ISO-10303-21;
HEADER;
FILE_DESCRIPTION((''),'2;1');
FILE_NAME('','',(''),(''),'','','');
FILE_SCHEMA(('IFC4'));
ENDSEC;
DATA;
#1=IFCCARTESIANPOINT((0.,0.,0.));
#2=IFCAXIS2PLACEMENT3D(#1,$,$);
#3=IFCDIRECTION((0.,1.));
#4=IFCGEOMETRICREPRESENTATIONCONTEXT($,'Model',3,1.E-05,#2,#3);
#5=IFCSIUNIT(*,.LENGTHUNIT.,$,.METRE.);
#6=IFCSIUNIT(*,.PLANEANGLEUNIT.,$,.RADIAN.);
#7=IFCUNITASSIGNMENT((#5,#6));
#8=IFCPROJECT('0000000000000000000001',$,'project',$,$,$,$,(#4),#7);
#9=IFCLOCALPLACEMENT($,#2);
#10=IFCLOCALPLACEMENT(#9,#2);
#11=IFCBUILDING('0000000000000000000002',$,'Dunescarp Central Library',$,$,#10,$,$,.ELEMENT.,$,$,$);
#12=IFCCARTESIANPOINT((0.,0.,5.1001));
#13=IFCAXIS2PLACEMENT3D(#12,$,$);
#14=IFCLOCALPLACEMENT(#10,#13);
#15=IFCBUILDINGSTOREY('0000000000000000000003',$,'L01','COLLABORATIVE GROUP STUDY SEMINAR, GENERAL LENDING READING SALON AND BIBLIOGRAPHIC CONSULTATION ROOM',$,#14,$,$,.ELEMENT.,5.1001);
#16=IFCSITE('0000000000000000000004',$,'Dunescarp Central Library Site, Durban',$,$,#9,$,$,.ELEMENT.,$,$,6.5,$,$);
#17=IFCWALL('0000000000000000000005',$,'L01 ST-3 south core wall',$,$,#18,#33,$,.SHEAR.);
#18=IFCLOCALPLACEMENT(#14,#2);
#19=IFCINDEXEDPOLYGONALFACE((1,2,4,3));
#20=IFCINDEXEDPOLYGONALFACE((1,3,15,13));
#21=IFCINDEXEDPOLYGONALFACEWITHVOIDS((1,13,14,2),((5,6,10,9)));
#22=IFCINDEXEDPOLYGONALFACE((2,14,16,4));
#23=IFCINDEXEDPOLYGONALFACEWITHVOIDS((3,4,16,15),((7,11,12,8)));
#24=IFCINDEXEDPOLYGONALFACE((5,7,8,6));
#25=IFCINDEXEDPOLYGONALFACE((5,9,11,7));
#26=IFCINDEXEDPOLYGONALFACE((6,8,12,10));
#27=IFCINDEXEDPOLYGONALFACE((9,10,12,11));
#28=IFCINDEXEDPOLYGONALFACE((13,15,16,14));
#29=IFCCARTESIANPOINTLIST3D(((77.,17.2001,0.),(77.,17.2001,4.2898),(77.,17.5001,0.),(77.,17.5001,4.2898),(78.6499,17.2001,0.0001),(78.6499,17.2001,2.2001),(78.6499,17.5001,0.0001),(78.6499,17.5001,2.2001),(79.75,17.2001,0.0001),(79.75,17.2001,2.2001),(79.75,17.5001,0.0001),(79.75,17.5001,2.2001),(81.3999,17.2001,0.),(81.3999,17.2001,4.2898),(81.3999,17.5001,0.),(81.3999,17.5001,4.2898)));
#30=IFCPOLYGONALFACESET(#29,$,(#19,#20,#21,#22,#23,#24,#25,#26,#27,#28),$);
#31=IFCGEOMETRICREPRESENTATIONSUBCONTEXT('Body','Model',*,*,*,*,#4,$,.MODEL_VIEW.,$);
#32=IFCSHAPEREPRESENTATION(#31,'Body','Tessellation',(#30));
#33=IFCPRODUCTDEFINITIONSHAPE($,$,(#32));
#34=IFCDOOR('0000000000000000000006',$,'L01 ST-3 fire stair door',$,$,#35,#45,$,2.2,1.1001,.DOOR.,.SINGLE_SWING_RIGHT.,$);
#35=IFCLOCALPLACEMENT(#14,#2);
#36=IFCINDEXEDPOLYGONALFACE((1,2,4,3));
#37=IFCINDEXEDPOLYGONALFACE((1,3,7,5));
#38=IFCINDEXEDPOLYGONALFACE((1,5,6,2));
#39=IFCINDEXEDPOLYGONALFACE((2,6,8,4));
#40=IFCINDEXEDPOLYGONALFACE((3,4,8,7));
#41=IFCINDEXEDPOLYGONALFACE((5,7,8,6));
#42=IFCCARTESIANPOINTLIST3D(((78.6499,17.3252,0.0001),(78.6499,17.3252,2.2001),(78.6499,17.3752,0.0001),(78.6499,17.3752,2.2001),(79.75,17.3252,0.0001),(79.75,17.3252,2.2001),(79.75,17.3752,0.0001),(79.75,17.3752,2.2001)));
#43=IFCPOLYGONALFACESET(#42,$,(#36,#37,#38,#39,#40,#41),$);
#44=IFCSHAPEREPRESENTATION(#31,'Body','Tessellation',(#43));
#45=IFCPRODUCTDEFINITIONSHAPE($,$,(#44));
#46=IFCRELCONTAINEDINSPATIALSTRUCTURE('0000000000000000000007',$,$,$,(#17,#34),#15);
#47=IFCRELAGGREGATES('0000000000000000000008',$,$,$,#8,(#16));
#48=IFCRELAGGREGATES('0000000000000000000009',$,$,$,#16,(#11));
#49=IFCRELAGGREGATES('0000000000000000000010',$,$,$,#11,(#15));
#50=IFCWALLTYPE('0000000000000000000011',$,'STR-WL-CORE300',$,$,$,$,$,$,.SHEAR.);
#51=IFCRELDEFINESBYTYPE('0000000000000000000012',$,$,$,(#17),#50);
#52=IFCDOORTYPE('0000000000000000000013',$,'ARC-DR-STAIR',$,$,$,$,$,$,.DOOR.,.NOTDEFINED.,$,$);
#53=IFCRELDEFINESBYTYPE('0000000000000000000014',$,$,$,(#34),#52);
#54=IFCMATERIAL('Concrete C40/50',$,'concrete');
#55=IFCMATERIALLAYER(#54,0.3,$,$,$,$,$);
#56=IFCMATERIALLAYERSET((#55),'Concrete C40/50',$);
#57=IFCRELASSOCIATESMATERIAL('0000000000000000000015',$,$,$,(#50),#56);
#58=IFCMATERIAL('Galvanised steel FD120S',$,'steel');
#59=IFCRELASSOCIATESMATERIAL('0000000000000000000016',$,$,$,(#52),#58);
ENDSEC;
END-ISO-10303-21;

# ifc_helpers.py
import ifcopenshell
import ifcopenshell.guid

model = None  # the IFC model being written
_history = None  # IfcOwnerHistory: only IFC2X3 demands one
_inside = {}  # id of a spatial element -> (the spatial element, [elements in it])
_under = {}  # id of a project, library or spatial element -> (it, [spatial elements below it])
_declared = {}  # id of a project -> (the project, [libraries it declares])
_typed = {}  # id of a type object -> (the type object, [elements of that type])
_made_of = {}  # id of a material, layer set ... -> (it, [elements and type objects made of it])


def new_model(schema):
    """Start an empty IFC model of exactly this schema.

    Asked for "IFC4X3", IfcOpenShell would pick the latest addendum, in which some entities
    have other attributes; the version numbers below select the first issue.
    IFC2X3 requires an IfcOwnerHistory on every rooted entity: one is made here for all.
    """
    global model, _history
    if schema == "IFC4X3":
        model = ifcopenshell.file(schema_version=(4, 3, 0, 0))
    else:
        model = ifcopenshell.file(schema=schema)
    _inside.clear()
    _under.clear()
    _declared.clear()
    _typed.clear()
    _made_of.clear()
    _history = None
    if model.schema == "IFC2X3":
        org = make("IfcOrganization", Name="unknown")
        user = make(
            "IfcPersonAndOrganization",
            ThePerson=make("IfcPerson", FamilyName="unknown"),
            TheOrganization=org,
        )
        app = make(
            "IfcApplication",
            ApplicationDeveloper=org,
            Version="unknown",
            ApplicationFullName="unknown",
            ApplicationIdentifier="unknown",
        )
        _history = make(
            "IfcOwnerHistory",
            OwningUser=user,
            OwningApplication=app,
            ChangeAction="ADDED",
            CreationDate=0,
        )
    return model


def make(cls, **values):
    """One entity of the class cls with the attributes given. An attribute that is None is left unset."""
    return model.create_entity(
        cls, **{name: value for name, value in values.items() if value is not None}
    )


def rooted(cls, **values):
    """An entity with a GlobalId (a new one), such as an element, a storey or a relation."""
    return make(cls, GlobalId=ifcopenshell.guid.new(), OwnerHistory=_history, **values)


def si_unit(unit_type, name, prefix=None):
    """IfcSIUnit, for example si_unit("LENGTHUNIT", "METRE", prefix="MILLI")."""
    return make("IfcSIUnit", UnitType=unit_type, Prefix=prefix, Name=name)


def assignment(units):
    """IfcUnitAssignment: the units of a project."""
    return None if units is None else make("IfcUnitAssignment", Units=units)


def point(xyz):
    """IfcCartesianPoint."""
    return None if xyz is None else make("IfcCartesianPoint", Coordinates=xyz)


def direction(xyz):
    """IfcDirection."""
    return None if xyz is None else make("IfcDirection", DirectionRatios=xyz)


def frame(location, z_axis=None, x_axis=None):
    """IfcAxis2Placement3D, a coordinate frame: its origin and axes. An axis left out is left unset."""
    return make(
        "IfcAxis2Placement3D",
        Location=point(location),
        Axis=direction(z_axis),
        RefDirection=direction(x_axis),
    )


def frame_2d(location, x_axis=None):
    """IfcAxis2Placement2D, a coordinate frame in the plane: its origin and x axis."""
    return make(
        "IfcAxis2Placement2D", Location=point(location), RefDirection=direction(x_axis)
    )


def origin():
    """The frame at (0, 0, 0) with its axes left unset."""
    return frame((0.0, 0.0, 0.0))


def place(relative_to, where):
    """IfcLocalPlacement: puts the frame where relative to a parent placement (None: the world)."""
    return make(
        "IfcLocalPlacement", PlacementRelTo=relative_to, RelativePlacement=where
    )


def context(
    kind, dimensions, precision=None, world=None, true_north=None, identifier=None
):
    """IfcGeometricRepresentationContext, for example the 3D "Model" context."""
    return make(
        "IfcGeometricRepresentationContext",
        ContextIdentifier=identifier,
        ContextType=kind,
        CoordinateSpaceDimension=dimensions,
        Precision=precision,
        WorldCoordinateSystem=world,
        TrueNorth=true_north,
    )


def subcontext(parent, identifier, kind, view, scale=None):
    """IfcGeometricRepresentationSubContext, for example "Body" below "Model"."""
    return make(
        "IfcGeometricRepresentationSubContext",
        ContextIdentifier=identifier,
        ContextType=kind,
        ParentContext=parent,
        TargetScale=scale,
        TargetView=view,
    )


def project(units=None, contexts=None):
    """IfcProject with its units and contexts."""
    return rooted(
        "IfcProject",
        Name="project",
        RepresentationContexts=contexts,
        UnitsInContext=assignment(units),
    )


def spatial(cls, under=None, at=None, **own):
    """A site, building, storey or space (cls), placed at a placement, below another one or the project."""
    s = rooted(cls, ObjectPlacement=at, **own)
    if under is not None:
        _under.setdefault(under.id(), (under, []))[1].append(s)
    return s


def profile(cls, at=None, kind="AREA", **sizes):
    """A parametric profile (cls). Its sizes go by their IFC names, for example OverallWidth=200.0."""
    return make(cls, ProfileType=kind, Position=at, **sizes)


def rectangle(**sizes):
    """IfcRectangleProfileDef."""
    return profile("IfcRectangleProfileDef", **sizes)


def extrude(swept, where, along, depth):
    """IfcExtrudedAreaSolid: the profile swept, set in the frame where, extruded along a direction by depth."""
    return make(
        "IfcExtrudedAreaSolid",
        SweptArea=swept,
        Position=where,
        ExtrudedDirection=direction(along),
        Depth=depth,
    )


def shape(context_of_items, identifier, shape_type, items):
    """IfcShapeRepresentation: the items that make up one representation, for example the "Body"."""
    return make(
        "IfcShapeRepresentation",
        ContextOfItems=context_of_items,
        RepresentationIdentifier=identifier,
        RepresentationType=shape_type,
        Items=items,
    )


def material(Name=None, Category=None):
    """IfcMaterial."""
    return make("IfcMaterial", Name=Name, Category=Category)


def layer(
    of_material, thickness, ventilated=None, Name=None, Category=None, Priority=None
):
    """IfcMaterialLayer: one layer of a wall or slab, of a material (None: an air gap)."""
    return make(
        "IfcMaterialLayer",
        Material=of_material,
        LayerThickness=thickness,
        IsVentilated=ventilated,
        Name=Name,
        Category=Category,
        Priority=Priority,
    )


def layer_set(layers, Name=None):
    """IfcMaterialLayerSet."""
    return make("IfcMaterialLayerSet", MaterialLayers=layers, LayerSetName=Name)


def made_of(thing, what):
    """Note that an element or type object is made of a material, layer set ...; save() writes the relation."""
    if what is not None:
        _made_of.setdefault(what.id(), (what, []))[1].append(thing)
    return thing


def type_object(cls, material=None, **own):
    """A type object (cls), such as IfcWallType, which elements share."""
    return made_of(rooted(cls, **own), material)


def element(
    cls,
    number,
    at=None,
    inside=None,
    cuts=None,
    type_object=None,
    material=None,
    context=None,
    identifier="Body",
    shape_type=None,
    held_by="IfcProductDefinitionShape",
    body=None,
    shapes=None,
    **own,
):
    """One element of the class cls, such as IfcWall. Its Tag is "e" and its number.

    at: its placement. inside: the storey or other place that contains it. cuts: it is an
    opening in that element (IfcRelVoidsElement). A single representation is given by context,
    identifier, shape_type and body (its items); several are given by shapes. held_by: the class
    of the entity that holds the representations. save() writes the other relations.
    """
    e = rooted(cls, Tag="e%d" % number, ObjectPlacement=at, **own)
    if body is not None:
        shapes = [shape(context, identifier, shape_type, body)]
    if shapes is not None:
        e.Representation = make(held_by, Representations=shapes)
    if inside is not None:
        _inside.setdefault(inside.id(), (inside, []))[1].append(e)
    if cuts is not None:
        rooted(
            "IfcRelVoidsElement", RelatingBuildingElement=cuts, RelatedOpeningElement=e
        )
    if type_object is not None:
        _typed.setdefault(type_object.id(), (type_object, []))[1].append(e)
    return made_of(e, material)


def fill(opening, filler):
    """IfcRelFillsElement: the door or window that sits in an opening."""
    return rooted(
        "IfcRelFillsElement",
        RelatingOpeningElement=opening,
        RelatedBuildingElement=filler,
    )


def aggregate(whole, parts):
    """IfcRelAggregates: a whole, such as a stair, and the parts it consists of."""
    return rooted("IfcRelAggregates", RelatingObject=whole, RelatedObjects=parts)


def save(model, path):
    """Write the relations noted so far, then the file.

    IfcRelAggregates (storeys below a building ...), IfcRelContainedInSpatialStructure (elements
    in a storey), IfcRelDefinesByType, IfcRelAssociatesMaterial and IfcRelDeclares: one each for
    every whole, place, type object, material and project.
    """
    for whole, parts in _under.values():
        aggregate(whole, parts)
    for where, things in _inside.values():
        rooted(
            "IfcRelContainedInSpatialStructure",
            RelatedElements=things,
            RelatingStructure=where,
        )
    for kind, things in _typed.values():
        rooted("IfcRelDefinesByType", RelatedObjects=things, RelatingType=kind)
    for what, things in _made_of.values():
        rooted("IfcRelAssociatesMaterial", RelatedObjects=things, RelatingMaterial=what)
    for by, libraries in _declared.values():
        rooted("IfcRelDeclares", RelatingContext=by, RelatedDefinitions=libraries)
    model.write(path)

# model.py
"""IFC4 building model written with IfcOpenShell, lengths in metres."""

from ifc_helpers import new_model, si_unit, direction, frame, frame_2d, origin, place, context, subcontext, project, spatial, rectangle, extrude, material, layer, layer_set, type_object, element, fill, save


model = new_model("IFC4")

# Units and contexts
model_context = context("Model", 3, precision=1e-05, world=origin(), true_north=direction((0.0, 1.0)))
body_context = subcontext(model_context, "Body", "Model", "MODEL_VIEW")
ifc_project = project(units=[si_unit("LENGTHUNIT", "METRE"), si_unit("PLANEANGLEUNIT", "RADIAN")], contexts=[model_context])

# Site, building, storey
site_placement = place(None, origin())
site = spatial("IfcSite", under=ifc_project, at=site_placement, Name="Dunescarp Central Library Site, Durban", CompositionType="ELEMENT", RefElevation=6.5)
building_placement = place(site_placement, origin())
building = spatial("IfcBuilding", under=site, at=building_placement, Name="Dunescarp Central Library", CompositionType="ELEMENT")
storey_placement = place(building_placement, frame((0.0, 0.0, 5.1001)))
storey = spatial("IfcBuildingStorey", under=building, at=storey_placement, Name="L01", Description="COLLABORATIVE GROUP STUDY SEMINAR, GENERAL LENDING READING SALON AND BIBLIOGRAPHIC CONSULTATION ROOM", CompositionType="ELEMENT", Elevation=5.1001)

# Wall, opening, door
ifc_material_1 = material(Name="Concrete C40/50", Category="concrete")
ifc_layer_1 = layer(ifc_material_1, 0.3)
ifc_layer_set_1 = layer_set([ifc_layer_1], Name="Concrete C40/50")
wall_type_1 = type_object("IfcWallType", Name="STR-WL-CORE300", PredefinedType="SHEAR", material=ifc_layer_set_1)
wall_1_placement = place(storey_placement, frame((81.3999, 17.3501, 0.0), z_axis=(0.0, 0.0, 1.0), x_axis=(-1.0, 0.0, 0.0)))
wall_1 = element("IfcWall", 1, at=wall_1_placement, inside=storey, type_object=wall_type_1, Name="L01 ST-3 south core wall", PredefinedType="SHEAR", context=body_context, shape_type="SweptSolid", body=[
    extrude(rectangle(XDim=4.3999, YDim=0.3, at=frame_2d((2.2, 0.0))), origin(), (0.0, 0.0, 1.0), 4.2898),
])
opening_1_placement = place(wall_1_placement, frame((1.6499, 0.0, 0.0)))
opening_1 = element("IfcOpeningElement", 2, at=opening_1_placement, cuts=wall_1, PredefinedType="OPENING", context=body_context, shape_type="SweptSolid", body=[
    extrude(rectangle(XDim=1.1001, YDim=2.2, at=frame_2d((0.55, 1.1001))), frame((0.0, 0.1602, 0.0), z_axis=(0.0, -1.0, 0.0), x_axis=(1.0, 0.0, 0.0)), (0.0, 0.0, 1.0), 0.3201),
])
ifc_material_2 = material(Name="Galvanised steel FD120S", Category="steel")
door_type_1 = type_object("IfcDoorType", Name="ARC-DR-STAIR", OperationType="NOTDEFINED", PredefinedType="DOOR", material=ifc_material_2)
door_1_placement = place(opening_1_placement, origin())
door_1 = element("IfcDoor", 3, at=door_1_placement, inside=storey, type_object=door_type_1, Name="L01 ST-3 fire stair door", OperationType="SINGLE_SWING_RIGHT", OverallHeight=2.2, OverallWidth=1.1001, PredefinedType="DOOR", context=body_context, shape_type="SweptSolid", body=[
    extrude(rectangle(XDim=1.1001, YDim=2.2, at=frame_2d((0.55, 1.1001))), frame((0.0, 0.0249, 0.0), z_axis=(0.0, -1.0, 0.0), x_axis=(1.0, 0.0, 0.0)), (0.0, 0.0, 1.0), 0.05),
])
fill(opening_1, door_1)

save(model, "model.ifc")
